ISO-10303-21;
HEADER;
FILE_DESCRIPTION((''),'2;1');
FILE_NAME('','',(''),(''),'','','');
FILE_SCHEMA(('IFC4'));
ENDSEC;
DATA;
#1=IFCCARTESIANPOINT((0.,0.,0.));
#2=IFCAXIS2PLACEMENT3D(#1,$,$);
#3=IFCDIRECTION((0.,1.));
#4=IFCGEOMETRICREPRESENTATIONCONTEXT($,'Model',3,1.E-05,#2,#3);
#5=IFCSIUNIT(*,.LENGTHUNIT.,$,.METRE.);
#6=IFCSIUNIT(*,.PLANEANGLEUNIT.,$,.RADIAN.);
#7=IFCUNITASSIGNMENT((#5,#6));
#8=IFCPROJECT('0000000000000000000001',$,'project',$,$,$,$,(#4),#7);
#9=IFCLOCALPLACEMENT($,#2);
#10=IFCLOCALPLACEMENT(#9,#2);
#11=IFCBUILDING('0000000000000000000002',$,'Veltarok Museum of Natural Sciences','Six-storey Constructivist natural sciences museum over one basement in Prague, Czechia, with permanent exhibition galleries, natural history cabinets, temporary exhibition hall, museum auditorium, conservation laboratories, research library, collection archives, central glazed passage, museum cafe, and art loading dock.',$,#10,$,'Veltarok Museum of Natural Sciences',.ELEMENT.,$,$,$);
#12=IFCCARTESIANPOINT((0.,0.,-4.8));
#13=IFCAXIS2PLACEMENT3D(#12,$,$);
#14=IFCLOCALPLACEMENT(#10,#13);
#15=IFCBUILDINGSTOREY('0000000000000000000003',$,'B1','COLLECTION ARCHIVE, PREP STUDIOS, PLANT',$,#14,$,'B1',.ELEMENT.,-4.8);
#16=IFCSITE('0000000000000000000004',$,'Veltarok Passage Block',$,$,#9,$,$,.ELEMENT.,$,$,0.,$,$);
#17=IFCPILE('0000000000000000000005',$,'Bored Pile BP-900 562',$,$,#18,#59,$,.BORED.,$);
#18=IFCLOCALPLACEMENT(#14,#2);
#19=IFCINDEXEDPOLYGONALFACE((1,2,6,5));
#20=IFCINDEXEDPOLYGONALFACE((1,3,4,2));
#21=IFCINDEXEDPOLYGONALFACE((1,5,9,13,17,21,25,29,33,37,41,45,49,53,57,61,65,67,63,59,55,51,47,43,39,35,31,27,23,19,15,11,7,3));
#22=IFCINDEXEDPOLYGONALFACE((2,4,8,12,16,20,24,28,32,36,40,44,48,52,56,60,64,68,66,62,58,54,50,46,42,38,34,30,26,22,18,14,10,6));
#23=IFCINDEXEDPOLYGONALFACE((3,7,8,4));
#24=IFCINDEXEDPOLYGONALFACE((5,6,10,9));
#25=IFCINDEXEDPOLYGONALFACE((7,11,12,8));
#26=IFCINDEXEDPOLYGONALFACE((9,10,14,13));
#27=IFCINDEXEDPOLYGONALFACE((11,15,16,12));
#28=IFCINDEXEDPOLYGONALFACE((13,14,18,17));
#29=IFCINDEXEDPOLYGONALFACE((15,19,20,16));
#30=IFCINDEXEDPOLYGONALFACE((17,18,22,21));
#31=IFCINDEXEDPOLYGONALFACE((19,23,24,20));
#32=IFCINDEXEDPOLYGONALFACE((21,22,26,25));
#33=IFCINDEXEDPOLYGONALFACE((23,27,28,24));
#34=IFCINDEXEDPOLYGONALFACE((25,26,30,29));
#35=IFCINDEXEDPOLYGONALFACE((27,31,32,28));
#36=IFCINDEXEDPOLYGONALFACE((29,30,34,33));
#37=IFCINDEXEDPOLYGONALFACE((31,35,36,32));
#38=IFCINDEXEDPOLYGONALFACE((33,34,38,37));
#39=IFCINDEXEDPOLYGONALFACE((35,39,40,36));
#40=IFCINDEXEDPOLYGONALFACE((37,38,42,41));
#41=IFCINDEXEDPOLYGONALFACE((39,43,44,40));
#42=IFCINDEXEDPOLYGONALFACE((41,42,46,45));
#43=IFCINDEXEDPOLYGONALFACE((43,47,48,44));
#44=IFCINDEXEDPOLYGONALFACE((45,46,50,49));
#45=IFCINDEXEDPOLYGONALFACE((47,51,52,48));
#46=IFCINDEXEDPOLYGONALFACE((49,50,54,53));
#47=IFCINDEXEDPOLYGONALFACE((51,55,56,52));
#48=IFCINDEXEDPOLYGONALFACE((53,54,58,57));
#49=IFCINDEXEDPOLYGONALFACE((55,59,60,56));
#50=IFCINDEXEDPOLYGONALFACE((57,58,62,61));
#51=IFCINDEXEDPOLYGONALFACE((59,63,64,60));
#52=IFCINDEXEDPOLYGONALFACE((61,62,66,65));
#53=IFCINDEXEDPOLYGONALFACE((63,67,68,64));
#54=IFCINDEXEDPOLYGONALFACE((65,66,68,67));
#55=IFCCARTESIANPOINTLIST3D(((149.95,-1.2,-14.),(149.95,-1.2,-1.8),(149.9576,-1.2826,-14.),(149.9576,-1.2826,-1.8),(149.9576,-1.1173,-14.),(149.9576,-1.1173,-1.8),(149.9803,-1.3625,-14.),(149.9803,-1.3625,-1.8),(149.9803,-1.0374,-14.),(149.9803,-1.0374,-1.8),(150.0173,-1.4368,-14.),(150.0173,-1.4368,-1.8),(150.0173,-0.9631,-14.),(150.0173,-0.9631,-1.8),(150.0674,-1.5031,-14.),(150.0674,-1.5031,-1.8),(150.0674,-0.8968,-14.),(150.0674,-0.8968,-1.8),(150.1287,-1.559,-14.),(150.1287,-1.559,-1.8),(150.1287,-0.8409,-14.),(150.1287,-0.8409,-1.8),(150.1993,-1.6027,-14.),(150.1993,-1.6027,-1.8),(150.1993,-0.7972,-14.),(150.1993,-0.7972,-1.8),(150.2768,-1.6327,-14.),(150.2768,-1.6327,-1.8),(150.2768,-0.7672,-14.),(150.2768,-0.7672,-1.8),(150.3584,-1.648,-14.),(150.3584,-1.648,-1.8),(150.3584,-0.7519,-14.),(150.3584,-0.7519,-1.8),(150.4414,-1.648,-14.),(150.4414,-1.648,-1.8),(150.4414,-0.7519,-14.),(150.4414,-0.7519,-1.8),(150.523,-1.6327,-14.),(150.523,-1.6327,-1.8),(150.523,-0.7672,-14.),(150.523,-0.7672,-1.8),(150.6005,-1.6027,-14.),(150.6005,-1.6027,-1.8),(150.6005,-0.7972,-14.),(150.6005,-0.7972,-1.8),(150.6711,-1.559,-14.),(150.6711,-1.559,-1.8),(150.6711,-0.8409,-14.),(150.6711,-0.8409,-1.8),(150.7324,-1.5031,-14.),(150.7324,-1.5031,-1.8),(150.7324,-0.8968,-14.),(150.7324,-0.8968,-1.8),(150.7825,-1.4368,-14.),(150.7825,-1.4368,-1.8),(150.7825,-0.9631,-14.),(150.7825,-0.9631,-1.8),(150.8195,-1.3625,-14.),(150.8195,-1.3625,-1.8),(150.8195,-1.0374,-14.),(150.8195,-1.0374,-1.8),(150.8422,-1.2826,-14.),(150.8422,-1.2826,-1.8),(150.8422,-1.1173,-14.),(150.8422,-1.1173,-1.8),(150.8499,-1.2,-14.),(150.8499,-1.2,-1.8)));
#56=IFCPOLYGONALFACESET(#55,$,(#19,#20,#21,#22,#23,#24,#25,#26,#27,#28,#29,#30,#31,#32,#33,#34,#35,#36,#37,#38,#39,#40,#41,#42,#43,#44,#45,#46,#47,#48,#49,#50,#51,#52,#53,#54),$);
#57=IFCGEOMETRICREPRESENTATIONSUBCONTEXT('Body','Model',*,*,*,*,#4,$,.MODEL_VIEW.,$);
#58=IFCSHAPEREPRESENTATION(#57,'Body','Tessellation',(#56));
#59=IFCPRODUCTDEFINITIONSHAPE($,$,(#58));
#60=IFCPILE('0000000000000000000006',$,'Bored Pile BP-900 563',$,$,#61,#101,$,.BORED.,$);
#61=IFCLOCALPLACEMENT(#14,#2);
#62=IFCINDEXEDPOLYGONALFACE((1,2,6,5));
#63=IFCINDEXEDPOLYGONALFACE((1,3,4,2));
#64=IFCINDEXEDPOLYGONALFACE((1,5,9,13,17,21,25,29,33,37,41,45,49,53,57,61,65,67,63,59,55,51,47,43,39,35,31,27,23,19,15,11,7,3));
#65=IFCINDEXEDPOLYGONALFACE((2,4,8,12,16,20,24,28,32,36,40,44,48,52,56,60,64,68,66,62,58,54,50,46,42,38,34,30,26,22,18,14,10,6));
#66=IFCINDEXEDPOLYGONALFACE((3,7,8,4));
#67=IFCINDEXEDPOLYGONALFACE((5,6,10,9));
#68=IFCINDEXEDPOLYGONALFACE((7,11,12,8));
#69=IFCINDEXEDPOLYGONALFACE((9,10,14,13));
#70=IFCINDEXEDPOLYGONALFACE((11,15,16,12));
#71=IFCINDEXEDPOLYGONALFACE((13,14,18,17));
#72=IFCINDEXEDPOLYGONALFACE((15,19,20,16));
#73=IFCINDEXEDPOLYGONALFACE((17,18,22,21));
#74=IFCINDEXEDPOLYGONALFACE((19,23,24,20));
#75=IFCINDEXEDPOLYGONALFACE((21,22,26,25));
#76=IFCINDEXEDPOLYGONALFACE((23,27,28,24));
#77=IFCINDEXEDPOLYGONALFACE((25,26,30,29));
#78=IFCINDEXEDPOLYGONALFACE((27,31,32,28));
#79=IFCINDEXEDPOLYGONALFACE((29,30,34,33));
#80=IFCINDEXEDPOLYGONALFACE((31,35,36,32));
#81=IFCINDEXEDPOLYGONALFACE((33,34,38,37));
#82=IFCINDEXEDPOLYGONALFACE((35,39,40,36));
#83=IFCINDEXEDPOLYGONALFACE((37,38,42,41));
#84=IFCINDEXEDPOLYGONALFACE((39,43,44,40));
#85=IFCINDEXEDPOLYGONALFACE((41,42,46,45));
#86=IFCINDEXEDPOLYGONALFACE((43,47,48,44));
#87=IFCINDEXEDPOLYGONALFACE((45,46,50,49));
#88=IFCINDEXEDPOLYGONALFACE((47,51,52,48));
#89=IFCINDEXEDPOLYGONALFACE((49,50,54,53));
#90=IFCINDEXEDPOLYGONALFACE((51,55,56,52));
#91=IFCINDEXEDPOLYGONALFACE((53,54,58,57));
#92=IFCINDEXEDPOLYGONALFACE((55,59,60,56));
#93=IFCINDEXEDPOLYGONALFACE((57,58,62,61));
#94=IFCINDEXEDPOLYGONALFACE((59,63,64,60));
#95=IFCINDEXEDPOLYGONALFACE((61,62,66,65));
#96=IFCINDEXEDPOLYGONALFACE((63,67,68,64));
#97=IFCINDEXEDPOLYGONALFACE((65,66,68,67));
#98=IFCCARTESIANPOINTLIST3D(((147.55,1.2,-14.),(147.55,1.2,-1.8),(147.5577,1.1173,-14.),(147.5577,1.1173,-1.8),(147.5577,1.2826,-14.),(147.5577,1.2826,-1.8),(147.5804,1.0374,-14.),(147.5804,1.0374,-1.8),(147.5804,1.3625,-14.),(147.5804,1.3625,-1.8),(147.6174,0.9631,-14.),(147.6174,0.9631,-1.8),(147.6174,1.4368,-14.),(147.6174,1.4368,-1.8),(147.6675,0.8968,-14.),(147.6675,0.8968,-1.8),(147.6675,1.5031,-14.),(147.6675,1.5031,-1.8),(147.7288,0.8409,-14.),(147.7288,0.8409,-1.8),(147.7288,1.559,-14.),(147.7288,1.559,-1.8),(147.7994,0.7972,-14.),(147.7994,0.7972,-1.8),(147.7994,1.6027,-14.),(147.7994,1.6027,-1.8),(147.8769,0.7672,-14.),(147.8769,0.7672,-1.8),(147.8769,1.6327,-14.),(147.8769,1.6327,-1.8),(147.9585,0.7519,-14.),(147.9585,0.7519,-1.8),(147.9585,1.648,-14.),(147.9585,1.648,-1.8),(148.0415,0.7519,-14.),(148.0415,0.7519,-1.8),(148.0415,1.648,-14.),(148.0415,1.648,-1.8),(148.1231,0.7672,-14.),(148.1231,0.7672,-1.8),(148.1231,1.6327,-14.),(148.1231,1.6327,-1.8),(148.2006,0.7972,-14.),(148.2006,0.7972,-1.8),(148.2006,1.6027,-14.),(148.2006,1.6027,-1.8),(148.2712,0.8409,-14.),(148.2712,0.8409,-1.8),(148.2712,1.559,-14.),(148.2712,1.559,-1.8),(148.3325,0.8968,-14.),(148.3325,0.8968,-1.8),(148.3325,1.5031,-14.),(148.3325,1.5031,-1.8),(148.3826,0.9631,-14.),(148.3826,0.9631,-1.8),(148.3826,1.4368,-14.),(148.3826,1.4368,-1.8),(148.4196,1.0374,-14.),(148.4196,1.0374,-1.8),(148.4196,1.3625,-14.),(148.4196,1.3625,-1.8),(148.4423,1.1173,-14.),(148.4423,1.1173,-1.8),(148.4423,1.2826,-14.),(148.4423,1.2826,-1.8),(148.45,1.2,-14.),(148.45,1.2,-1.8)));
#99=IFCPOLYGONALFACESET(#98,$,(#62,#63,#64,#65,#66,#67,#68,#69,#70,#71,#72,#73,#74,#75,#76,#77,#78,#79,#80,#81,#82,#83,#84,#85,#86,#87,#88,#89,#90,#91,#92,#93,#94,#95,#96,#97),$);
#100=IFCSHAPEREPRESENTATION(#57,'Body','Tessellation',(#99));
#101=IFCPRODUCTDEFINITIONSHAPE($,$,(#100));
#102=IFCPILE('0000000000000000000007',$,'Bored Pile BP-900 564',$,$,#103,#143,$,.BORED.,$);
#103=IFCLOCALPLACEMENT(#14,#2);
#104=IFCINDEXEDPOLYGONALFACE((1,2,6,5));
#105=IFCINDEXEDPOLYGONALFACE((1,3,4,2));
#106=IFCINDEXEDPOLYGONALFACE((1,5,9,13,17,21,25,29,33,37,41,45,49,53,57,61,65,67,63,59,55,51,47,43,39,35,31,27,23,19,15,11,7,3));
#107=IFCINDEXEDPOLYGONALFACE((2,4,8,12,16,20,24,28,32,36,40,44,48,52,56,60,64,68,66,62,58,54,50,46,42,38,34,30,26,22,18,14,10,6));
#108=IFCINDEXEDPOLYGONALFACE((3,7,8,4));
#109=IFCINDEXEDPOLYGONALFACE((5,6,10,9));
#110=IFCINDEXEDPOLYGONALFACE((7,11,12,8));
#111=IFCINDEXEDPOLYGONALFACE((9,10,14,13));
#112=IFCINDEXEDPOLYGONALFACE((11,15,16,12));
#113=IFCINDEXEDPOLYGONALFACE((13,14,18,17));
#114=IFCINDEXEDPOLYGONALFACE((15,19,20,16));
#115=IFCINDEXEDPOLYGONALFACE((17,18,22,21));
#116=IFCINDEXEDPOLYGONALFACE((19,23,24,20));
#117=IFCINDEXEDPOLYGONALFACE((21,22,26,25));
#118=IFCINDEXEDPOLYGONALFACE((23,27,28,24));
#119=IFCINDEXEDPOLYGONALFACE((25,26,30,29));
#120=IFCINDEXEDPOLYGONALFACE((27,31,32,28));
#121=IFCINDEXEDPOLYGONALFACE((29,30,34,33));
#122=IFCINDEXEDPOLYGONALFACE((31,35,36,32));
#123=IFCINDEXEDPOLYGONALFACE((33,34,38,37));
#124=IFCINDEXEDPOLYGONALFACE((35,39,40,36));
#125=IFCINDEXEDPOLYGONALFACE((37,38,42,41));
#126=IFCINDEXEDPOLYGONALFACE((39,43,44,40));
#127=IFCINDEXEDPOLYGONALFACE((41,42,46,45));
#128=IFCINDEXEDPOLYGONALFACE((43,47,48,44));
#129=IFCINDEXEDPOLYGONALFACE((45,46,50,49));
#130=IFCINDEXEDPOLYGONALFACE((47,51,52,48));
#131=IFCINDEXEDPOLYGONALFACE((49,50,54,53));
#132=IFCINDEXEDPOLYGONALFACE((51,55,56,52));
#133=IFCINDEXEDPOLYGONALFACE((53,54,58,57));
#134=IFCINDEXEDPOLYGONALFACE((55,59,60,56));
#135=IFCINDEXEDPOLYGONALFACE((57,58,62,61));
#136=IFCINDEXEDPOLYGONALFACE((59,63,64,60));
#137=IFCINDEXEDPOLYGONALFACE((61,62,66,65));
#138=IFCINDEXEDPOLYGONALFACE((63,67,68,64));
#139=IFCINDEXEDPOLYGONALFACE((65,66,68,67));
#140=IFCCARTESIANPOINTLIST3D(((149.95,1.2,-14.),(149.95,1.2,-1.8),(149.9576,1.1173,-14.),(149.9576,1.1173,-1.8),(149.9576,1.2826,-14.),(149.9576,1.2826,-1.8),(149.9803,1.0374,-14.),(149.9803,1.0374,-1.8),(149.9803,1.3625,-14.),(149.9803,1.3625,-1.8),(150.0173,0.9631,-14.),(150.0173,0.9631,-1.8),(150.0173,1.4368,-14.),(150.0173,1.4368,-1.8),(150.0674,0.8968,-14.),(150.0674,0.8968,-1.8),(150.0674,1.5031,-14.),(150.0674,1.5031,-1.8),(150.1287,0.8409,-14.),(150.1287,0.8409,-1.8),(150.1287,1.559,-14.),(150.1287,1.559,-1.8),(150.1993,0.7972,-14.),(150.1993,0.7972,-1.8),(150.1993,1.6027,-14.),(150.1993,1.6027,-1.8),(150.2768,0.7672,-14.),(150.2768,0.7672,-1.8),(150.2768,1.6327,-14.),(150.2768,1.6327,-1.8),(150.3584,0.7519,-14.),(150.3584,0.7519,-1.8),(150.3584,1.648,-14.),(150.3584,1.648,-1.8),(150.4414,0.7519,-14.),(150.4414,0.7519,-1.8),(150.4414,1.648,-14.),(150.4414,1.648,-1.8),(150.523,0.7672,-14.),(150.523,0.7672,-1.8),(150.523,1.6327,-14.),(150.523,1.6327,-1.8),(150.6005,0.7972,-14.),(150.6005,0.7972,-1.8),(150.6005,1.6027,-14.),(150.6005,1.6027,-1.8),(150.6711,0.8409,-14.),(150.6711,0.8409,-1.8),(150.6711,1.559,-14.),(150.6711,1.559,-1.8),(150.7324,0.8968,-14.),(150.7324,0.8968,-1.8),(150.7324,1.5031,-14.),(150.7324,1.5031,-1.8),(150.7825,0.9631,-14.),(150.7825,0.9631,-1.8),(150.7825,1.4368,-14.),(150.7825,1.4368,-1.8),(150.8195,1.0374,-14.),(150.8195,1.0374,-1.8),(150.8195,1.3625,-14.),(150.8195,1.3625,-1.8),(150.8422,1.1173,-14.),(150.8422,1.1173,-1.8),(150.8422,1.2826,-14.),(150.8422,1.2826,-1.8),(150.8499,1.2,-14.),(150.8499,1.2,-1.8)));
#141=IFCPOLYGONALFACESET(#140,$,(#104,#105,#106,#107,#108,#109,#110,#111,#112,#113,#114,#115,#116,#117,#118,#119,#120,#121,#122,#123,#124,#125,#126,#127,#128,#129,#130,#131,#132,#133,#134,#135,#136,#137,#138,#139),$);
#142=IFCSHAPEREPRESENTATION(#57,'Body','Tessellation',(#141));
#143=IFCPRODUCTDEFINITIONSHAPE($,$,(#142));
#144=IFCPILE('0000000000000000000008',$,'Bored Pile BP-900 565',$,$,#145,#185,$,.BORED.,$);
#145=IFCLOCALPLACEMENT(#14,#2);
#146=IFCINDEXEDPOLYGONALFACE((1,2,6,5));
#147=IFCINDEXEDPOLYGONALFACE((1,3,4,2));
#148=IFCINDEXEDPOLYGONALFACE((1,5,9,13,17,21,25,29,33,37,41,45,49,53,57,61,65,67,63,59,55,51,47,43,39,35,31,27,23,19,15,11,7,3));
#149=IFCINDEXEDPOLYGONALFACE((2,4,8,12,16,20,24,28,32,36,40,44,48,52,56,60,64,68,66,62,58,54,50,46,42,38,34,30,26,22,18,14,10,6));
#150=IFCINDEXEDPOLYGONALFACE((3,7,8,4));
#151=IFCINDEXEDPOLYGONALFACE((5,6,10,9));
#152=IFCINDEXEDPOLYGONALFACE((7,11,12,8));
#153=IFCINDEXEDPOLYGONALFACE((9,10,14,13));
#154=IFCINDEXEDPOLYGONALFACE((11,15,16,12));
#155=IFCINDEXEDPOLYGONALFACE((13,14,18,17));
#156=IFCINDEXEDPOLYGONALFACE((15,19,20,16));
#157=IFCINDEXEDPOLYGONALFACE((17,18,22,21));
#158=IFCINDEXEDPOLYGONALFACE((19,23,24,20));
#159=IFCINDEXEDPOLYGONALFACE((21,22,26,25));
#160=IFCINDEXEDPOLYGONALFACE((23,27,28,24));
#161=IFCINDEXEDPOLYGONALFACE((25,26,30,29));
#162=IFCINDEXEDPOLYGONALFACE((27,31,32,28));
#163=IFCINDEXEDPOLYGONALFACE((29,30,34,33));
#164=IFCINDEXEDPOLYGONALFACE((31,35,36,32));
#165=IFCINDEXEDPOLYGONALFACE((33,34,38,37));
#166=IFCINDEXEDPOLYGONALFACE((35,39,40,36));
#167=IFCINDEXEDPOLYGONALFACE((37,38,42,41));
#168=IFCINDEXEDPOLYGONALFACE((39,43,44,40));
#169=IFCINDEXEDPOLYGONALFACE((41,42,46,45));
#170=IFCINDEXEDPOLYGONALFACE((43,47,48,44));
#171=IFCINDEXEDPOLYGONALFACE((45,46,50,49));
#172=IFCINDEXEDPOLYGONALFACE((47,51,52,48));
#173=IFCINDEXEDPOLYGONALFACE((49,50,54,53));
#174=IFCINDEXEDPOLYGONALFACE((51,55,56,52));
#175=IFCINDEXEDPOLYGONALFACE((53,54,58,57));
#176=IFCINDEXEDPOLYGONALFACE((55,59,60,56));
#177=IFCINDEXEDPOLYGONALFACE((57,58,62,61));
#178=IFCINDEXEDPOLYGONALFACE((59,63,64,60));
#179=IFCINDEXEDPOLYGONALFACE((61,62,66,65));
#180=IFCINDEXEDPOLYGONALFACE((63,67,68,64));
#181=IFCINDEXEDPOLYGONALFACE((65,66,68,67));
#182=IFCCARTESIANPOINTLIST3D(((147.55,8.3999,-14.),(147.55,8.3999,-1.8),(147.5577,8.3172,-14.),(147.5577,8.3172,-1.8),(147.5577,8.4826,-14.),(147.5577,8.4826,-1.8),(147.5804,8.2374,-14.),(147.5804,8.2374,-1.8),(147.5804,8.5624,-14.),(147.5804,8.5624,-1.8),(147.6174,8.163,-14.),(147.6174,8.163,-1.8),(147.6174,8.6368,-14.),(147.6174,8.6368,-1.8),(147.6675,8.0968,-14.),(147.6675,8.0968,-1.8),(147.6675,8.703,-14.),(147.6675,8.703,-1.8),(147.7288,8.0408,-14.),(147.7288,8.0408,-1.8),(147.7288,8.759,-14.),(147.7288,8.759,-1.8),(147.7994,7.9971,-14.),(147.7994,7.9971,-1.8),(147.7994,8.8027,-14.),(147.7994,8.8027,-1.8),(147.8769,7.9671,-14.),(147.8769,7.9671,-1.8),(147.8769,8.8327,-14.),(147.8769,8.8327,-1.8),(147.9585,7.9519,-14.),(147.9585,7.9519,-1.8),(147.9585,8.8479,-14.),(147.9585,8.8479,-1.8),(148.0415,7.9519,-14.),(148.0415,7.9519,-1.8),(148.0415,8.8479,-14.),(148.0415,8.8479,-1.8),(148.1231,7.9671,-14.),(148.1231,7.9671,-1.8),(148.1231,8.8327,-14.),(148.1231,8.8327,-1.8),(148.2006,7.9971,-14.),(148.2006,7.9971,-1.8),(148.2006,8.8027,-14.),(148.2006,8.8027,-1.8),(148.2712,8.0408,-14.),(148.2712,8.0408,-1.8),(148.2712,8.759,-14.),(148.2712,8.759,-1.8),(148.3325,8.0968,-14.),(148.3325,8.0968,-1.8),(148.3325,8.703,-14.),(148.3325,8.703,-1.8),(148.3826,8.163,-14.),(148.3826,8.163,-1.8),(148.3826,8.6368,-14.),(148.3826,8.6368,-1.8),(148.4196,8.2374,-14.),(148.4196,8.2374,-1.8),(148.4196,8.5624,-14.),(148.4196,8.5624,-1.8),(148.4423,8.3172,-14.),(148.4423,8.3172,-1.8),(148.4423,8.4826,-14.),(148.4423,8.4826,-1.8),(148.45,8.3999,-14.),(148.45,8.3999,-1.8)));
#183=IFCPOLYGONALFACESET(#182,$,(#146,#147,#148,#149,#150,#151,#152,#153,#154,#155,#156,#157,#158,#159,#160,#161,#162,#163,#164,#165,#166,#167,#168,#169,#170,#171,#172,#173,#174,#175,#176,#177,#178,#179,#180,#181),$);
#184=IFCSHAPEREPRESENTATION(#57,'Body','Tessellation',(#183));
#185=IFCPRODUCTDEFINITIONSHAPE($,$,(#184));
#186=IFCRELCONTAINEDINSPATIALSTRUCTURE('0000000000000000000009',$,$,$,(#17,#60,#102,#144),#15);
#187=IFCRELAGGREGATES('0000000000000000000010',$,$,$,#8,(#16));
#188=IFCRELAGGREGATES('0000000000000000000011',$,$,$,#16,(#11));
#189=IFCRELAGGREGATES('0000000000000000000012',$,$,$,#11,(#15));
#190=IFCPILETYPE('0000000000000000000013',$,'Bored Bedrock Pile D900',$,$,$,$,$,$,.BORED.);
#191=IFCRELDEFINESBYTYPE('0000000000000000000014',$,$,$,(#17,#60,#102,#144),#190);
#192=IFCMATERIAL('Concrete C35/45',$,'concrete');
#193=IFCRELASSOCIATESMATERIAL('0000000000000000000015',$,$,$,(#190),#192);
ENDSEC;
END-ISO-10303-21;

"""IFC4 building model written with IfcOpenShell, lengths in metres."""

from ifc_helpers import new_model, si_unit, direction, frame, origin, origin_2d, place, context, subcontext, project, spatial, circle, extrude, material, material_profile, profile_set, type_object, element, save


model = new_model("IFC4")

# Units and contexts
model_context = context("Model", 3, precision=1e-05, world=origin(), true_north=direction((0.0, 1.0)))
body_context = subcontext(model_context, "Body", "Model", "MODEL_VIEW")
ifc_project = project(units=[si_unit("LENGTHUNIT", "METRE"), si_unit("PLANEANGLEUNIT", "RADIAN")], contexts=[model_context])

# Site, building, storey
site_placement = place(None, origin())
site = spatial("IfcSite", under=ifc_project, at=site_placement, Name="Veltarok Passage Block", CompositionType="ELEMENT", RefElevation=0.0)
building_placement = place(site_placement, origin())
building = spatial("IfcBuilding", under=site, at=building_placement, Name="Veltarok Museum of Natural Sciences", Description="Six-storey Constructivist natural sciences museum over one basement in Prague, Czechia, with permanent exhibition galleries, natural history cabinets, temporary exhibition hall, museum auditorium, conservation laboratories, research library, collection archives, central glazed passage, museum cafe, and art loading dock.", LongName="Veltarok Museum of Natural Sciences", CompositionType="ELEMENT")
storey_placement = place(building_placement, frame((0.0, 0.0, -4.8)))
storey = spatial("IfcBuildingStorey", under=building, at=storey_placement, Name="B1", Description="COLLECTION ARCHIVE, PREP STUDIOS, PLANT", LongName="B1", CompositionType="ELEMENT", Elevation=-4.8)

# Piles
ifc_material_1 = material(Name="Concrete C35/45", Category="concrete")
ifc_material_profile_1 = material_profile(ifc_material_1, circle(Radius=0.45, at=origin_2d()), Name="BP D900")
ifc_profile_set_1 = profile_set([ifc_material_profile_1], Name="Concrete C35/45")
pile_type = type_object("IfcPileType", Name="Bored Bedrock Pile D900", PredefinedType="BORED", material=ifc_profile_set_1)
for number, where, z_axis, x_axis, name in (
    (1, (150.3999, -1.2, -1.8), (0.0, 0.0, -1.0), (1.0, 0.0, 0.0), "Bored Pile BP-900 562"),
    (2, (148.0, 1.2, -1.8), (0.0, 0.0, -1.0), (1.0, 0.0, 0.0), "Bored Pile BP-900 563"),
    (3, (150.3999, 1.2, -1.8), (0.0, 0.0, -1.0), (1.0, 0.0, 0.0), "Bored Pile BP-900 564"),
    (4, (148.0, 8.3999, -1.8), (0.0, 0.0, -1.0), (1.0, 0.0, 0.0), "Bored Pile BP-900 565"),
):
    element("IfcPile", number, at=place(storey_placement, frame(where, z_axis=z_axis, x_axis=x_axis)), inside=storey, type_object=pile_type, Name=name, PredefinedType="BORED", context=body_context, shape_type="SweptSolid", body=[
        extrude(circle(Radius=0.45, at=origin_2d()), origin(), (0.0, 0.0, 1.0), 12.2),
    ])

save(model, "model.ifc")
